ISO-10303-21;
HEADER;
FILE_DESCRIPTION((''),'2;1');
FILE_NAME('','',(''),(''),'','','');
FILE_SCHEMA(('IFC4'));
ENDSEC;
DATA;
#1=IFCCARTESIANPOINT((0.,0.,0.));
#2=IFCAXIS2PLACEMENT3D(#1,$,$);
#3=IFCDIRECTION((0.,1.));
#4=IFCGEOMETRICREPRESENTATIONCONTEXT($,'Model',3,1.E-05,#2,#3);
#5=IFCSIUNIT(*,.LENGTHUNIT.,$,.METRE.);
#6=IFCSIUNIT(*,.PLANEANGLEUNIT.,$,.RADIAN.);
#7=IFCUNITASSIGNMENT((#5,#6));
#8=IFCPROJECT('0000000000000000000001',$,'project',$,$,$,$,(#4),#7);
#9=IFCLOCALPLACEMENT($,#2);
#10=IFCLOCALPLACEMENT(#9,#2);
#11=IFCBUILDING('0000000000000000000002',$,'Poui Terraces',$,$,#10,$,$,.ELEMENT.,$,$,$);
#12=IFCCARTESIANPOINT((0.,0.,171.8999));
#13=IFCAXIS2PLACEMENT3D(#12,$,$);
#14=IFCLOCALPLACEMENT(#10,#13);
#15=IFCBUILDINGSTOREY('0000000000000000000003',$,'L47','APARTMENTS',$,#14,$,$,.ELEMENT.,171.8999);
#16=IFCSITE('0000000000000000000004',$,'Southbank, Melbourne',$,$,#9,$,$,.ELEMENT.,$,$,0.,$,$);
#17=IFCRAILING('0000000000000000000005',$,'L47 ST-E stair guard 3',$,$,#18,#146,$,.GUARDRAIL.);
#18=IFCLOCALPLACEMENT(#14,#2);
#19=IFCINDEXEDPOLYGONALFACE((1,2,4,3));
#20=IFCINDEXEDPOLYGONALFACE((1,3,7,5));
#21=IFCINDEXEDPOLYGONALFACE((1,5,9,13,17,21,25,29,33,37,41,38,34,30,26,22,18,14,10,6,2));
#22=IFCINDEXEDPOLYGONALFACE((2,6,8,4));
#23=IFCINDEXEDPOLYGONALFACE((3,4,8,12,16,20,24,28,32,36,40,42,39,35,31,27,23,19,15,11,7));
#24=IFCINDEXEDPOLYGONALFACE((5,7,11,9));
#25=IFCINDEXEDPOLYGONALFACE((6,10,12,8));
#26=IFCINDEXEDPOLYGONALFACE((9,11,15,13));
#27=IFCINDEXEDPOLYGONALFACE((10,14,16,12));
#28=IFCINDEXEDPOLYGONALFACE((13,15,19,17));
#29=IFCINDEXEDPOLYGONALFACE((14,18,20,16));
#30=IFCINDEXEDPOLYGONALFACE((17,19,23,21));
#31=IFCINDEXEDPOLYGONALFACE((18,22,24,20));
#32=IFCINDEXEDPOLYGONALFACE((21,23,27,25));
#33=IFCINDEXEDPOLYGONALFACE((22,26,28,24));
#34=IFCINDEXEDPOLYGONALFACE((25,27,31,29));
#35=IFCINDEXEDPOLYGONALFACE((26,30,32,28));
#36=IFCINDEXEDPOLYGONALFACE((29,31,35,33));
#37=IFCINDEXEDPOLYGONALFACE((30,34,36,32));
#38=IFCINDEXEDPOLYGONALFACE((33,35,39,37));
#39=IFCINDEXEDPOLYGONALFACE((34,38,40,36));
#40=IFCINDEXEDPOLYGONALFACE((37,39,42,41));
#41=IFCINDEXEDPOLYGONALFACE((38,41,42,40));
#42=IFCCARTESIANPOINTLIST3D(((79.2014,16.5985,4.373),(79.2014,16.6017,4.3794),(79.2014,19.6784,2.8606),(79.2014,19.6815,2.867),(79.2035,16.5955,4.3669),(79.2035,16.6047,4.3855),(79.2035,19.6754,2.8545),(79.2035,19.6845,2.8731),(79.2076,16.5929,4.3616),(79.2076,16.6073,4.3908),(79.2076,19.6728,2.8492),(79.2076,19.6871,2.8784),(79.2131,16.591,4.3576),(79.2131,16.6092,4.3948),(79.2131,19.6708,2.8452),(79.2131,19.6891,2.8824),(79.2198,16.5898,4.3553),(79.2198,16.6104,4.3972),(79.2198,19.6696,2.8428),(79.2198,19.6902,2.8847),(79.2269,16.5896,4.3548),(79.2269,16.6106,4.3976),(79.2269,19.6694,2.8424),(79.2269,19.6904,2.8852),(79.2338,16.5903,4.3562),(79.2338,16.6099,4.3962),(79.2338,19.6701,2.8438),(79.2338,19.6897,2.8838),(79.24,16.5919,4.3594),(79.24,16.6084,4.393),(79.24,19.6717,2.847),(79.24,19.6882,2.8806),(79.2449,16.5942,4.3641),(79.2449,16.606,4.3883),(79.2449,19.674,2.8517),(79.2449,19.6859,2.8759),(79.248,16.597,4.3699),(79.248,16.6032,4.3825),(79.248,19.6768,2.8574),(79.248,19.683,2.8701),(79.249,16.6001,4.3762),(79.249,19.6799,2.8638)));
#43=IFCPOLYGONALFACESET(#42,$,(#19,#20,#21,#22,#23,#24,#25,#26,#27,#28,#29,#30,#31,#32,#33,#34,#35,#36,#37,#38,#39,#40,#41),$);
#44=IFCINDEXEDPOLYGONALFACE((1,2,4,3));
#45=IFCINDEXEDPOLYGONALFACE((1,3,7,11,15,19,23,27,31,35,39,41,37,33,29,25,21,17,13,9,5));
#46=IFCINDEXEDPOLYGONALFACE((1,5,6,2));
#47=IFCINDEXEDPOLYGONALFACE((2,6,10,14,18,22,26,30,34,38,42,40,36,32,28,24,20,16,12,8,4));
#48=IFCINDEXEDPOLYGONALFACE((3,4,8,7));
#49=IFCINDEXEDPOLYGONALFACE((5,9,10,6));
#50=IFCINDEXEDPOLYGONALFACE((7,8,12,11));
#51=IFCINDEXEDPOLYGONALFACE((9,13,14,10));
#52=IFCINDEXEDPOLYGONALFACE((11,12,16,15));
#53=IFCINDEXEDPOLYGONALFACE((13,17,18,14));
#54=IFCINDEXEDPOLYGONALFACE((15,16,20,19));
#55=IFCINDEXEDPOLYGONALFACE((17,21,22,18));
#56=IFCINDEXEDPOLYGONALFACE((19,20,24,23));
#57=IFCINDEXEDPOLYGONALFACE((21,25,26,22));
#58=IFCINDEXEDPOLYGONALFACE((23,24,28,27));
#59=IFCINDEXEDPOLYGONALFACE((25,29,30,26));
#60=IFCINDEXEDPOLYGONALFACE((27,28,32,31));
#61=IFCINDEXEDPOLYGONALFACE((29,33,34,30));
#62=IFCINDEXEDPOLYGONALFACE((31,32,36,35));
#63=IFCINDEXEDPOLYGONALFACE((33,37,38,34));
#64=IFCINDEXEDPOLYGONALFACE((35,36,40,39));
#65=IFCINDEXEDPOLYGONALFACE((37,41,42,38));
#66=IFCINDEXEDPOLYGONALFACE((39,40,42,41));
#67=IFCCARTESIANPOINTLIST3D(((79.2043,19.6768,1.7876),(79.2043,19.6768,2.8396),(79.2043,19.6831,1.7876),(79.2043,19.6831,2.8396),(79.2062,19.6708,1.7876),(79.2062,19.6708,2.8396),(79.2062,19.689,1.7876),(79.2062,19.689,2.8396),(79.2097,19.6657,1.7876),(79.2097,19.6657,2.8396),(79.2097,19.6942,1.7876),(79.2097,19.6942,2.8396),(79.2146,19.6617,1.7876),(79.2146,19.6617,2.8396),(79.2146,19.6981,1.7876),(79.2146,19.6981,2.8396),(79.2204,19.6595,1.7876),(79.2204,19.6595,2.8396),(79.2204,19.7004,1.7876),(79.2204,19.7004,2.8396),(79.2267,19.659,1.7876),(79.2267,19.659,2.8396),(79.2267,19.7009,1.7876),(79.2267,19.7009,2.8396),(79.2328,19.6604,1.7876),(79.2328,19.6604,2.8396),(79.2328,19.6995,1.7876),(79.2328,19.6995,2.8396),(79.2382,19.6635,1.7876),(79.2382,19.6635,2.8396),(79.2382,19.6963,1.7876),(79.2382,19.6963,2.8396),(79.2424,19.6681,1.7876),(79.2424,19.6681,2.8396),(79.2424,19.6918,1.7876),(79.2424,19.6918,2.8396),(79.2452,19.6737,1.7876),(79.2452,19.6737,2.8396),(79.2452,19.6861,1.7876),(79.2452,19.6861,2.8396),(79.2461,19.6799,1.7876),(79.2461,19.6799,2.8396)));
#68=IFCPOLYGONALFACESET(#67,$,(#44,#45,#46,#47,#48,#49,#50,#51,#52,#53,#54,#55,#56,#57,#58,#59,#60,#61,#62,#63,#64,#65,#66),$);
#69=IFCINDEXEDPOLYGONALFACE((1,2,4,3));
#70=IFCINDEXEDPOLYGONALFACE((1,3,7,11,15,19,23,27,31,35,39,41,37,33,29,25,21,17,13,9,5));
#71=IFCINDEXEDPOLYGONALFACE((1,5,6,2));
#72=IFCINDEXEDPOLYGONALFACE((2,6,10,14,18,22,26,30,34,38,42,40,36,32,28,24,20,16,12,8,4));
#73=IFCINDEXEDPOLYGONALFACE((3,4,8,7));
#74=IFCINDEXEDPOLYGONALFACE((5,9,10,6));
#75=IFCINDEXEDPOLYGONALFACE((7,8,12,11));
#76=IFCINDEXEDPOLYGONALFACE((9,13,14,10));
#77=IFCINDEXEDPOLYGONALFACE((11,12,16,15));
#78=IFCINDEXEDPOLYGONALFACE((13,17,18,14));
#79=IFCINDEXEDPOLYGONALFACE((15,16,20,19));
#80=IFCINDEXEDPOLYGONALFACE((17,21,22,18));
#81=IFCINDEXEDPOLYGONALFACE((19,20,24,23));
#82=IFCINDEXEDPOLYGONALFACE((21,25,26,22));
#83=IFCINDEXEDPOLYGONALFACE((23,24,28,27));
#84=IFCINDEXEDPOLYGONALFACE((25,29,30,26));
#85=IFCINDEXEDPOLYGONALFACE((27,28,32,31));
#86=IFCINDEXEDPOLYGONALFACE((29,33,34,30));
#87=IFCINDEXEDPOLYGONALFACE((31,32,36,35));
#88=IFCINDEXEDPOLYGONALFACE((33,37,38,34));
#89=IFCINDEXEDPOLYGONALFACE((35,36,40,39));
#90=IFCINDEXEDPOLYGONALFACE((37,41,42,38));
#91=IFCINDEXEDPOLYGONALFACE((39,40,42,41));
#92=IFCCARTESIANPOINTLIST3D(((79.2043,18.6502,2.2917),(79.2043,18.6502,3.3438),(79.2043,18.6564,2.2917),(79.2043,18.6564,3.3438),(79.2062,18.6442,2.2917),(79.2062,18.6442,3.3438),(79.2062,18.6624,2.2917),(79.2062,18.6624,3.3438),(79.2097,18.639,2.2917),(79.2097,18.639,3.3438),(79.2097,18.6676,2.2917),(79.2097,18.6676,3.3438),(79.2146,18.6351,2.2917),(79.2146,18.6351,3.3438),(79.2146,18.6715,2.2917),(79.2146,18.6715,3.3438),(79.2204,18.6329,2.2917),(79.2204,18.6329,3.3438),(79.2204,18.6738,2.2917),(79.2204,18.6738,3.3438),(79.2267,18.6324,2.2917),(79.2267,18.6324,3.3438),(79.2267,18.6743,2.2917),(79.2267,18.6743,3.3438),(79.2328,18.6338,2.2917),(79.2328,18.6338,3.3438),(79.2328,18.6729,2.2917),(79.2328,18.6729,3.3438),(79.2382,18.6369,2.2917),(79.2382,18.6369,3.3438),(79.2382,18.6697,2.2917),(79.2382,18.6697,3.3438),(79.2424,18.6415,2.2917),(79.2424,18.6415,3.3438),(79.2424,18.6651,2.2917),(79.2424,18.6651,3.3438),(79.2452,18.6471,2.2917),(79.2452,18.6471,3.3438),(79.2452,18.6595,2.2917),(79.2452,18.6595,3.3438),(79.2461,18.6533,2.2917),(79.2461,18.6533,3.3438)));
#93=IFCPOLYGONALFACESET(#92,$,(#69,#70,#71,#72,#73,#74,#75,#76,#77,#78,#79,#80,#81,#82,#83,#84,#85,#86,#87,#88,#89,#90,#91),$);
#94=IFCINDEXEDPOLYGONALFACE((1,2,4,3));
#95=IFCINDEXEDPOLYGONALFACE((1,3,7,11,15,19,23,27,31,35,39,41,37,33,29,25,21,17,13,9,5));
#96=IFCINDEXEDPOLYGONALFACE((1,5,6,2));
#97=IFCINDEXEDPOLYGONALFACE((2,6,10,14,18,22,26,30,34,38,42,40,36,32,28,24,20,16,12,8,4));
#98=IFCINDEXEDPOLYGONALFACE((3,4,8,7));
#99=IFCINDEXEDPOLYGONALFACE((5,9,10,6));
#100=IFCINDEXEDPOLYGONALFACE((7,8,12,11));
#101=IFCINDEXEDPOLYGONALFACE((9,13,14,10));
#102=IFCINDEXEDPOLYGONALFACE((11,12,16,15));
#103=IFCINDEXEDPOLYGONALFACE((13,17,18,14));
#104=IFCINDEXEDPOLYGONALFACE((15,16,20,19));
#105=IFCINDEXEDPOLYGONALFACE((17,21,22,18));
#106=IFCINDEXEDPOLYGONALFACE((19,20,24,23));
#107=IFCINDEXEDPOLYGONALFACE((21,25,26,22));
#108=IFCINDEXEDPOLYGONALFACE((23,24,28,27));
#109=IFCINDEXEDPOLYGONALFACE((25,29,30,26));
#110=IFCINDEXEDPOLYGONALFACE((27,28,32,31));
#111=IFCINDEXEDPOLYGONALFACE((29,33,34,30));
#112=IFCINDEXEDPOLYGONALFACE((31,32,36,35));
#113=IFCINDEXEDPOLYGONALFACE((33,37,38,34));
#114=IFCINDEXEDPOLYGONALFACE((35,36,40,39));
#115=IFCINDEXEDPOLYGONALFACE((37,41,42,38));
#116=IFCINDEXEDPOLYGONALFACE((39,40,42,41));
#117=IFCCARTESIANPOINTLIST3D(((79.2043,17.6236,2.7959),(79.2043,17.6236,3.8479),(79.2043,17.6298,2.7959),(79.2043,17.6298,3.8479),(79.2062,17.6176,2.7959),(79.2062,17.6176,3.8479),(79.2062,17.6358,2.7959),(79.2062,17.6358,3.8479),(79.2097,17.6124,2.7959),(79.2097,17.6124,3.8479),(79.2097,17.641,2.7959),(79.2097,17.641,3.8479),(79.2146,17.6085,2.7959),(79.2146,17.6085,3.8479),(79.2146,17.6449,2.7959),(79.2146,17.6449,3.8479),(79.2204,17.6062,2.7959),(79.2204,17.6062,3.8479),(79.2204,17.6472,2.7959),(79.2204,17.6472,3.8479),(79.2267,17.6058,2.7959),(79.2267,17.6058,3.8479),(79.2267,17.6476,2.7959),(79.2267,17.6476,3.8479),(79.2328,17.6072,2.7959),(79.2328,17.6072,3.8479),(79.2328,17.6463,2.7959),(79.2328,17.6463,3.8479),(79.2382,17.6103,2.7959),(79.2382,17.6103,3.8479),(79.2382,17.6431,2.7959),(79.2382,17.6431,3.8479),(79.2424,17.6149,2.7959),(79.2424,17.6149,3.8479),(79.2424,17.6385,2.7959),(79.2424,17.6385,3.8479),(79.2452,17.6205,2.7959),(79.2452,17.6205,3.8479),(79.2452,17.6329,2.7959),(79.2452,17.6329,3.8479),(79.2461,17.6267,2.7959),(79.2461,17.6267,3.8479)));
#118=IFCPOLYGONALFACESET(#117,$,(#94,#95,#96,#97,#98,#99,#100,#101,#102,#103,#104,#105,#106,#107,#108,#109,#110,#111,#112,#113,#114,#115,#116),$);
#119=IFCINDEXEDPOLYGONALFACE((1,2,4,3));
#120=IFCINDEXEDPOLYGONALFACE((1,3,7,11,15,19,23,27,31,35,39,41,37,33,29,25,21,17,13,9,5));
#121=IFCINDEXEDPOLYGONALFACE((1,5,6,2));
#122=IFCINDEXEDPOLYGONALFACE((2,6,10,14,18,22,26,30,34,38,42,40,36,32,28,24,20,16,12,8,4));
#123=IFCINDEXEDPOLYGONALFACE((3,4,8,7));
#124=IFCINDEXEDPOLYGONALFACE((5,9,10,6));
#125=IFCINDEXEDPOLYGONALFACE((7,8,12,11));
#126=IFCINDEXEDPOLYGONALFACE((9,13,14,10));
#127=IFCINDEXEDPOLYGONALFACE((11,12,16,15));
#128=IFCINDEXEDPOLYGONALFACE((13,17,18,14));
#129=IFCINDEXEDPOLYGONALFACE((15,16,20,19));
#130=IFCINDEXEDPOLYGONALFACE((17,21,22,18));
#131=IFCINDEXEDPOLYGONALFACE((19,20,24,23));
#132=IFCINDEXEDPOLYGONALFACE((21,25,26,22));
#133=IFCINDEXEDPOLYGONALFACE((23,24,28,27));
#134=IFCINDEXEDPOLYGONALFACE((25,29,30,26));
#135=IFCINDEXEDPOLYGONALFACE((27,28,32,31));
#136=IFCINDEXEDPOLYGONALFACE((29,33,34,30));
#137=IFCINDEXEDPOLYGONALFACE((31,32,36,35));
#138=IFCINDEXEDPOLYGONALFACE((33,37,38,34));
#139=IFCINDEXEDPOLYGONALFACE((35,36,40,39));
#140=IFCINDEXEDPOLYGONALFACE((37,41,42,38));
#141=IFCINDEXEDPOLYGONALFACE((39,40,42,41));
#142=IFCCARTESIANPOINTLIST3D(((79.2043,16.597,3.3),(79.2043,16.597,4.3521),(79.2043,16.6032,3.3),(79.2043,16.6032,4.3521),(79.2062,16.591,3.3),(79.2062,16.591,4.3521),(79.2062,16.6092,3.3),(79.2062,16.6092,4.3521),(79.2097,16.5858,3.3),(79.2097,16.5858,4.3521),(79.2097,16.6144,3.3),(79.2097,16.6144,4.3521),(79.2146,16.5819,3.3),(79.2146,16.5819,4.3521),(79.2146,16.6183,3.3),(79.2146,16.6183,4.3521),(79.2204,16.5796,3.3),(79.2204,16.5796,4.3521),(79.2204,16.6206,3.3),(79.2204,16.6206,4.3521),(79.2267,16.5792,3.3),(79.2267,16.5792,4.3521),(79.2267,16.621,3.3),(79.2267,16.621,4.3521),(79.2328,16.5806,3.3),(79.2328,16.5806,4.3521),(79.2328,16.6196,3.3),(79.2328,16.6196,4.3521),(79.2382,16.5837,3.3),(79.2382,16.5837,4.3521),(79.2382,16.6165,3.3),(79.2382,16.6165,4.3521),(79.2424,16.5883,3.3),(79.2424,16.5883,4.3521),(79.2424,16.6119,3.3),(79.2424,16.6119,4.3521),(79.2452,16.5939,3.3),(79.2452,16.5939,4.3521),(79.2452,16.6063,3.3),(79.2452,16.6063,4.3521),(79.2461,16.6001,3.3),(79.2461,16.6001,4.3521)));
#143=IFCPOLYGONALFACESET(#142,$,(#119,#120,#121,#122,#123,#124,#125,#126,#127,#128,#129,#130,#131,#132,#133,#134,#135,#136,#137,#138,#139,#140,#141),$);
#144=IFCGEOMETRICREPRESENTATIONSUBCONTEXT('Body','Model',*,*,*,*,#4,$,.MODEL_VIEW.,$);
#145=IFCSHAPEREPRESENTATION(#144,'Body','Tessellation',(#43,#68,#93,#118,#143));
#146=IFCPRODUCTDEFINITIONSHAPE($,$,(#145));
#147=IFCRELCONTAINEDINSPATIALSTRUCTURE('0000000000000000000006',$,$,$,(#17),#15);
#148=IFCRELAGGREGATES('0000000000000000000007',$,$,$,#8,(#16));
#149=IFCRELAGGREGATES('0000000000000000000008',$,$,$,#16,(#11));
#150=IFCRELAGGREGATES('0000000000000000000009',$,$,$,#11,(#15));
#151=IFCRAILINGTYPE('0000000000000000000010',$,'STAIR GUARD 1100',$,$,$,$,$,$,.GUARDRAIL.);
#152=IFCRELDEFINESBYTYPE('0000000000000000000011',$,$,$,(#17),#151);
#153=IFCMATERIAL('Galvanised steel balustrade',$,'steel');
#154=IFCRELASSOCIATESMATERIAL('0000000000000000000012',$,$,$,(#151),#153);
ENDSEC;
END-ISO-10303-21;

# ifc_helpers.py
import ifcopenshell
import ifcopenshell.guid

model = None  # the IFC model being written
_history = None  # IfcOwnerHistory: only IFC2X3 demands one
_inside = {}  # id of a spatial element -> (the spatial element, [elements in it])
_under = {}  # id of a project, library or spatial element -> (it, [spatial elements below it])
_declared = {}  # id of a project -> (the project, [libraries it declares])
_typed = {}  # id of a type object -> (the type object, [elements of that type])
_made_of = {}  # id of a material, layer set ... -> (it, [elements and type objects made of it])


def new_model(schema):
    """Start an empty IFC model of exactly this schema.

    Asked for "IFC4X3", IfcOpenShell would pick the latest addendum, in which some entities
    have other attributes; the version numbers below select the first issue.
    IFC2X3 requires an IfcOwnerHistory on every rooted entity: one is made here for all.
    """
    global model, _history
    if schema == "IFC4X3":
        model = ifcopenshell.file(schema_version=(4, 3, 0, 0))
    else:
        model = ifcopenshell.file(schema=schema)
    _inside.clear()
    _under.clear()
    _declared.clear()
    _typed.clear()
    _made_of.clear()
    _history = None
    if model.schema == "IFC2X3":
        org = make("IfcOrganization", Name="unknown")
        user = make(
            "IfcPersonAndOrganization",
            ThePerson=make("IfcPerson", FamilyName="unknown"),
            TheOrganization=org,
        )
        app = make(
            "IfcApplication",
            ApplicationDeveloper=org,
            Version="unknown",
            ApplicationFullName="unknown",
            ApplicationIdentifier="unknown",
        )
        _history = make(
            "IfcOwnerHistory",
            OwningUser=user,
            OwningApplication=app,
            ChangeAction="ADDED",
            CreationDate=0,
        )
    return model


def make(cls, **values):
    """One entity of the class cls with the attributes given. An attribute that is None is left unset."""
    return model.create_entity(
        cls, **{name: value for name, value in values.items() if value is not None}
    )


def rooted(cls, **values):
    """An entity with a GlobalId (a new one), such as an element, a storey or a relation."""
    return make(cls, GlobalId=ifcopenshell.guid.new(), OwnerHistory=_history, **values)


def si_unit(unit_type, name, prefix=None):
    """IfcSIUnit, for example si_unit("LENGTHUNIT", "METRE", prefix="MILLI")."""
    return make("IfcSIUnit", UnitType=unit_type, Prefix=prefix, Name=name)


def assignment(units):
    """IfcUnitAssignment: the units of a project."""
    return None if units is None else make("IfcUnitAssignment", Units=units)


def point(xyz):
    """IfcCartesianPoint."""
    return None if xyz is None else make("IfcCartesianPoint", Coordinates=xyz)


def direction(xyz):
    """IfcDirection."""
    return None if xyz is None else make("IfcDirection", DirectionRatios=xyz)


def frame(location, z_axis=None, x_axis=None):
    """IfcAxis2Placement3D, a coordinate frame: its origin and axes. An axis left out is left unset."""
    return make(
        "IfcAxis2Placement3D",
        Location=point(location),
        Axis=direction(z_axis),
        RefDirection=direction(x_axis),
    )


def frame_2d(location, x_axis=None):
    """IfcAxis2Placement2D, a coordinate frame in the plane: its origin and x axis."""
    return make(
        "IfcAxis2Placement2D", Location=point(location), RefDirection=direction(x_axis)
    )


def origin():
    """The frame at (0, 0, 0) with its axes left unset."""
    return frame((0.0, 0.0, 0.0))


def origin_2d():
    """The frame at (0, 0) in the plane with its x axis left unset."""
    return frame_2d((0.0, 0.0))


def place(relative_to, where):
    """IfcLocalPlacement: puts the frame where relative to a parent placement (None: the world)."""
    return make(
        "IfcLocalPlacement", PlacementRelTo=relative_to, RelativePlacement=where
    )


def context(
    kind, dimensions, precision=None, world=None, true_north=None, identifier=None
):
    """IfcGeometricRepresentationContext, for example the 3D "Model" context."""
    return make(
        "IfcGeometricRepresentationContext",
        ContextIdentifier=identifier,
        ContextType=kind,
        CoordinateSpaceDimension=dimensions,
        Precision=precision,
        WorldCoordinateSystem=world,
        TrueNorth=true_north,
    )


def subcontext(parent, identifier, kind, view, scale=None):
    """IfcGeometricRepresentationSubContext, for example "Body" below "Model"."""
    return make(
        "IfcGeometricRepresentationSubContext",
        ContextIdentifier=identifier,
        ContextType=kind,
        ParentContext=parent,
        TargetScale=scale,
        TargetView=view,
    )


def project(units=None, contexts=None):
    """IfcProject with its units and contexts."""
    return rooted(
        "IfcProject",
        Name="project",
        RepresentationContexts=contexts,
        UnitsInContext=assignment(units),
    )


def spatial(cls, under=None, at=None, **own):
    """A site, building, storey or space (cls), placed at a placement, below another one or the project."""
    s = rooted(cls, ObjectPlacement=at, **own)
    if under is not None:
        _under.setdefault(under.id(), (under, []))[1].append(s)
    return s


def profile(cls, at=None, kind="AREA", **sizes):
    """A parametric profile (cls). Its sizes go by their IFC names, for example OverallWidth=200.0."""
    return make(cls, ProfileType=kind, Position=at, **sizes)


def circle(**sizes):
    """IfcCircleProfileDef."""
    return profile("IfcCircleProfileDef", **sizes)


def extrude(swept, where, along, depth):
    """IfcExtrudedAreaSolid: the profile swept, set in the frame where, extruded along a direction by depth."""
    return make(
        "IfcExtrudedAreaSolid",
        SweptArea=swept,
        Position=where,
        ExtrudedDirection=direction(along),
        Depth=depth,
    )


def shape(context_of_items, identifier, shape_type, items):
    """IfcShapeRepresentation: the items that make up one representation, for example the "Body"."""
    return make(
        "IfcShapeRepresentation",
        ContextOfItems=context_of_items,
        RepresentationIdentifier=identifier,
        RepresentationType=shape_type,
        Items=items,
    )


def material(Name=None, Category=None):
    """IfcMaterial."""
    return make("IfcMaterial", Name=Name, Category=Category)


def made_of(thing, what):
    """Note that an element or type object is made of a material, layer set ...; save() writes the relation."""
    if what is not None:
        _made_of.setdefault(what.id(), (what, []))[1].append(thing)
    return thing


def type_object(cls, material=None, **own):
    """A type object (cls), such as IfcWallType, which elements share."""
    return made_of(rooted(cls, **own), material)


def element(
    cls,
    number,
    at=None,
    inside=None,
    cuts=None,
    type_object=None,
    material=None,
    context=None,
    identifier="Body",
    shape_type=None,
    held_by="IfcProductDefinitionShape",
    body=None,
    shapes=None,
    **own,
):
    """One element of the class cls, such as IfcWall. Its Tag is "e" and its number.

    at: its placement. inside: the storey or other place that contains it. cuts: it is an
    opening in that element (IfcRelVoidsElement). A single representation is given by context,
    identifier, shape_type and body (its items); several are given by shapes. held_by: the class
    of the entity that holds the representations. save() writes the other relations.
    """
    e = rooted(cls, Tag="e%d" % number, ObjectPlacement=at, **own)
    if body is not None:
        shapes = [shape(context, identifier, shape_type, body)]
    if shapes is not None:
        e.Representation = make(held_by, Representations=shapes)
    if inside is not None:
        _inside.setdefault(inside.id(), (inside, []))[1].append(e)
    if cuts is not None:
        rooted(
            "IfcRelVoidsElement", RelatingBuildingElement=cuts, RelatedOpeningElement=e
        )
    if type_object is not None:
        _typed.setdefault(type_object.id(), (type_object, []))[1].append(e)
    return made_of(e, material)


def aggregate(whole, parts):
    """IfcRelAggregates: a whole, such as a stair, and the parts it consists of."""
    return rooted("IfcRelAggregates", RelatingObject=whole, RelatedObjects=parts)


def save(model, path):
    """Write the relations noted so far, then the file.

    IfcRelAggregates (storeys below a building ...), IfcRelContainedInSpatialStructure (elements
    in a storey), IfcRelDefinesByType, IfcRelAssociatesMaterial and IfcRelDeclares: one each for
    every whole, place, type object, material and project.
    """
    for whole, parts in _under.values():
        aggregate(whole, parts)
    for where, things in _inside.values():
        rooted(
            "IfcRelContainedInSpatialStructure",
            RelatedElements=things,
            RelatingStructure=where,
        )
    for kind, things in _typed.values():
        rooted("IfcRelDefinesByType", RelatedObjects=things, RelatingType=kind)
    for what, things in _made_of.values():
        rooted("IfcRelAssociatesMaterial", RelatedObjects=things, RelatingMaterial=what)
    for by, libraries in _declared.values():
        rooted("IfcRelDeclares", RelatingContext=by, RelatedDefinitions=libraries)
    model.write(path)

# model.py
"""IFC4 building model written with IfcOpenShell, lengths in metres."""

from ifc_helpers import new_model, si_unit, direction, frame, origin, origin_2d, place, context, subcontext, project, spatial, circle, extrude, material, type_object, element, save


model = new_model("IFC4")

# Units and contexts
model_context = context("Model", 3, precision=1e-05, world=origin(), true_north=direction((0.0, 1.0)))
body_context = subcontext(model_context, "Body", "Model", "MODEL_VIEW")
ifc_project = project(units=[si_unit("LENGTHUNIT", "METRE"), si_unit("PLANEANGLEUNIT", "RADIAN")], contexts=[model_context])

# Site, building, storey
site_placement = place(None, origin())
site = spatial("IfcSite", under=ifc_project, at=site_placement, Name="Southbank, Melbourne", CompositionType="ELEMENT", RefElevation=0.0)
building_placement = place(site_placement, origin())
building = spatial("IfcBuilding", under=site, at=building_placement, Name="Poui Terraces", CompositionType="ELEMENT")
storey_placement = place(building_placement, frame((0.0, 0.0, 171.8999)))
storey = spatial("IfcBuildingStorey", under=building, at=storey_placement, Name="L47", Description="APARTMENTS", CompositionType="ELEMENT", Elevation=171.8999)

# Railing
ifc_material_1 = material(Name="Galvanised steel balustrade", Category="steel")
railing_type_1 = type_object("IfcRailingType", Name="STAIR GUARD 1100", PredefinedType="GUARDRAIL", material=ifc_material_1)
railing_1_placement = place(storey_placement, frame((79.2251, 19.6799, 1.7876)))
element("IfcRailing", 1, at=railing_1_placement, inside=storey, type_object=railing_type_1, Name="L47 ST-E stair guard 3", PredefinedType="GUARDRAIL", context=body_context, shape_type="SweptSolid", body=[
    extrude(circle(Radius=0.0239, at=origin_2d()), frame((0.0, 0.0, 1.0762), z_axis=(0.0, -0.897606, 0.440798), x_axis=(1.0, 0.0, 0.0)), (0.0, 0.0, 1.0), 3.4312),
    extrude(circle(Radius=0.021, at=origin_2d()), origin(), (0.0, 0.0, 1.0), 1.052),
    extrude(circle(Radius=0.021, at=origin_2d()), frame((0.0, -1.0266, 0.5042)), (0.0, 0.0, 1.0), 1.052),
    extrude(circle(Radius=0.021, at=origin_2d()), frame((0.0, -2.0532, 1.0083)), (0.0, 0.0, 1.0), 1.052),
    extrude(circle(Radius=0.021, at=origin_2d()), frame((0.0, -3.0798, 1.5125)), (0.0, 0.0, 1.0), 1.052),
])

save(model, "model.ifc")
